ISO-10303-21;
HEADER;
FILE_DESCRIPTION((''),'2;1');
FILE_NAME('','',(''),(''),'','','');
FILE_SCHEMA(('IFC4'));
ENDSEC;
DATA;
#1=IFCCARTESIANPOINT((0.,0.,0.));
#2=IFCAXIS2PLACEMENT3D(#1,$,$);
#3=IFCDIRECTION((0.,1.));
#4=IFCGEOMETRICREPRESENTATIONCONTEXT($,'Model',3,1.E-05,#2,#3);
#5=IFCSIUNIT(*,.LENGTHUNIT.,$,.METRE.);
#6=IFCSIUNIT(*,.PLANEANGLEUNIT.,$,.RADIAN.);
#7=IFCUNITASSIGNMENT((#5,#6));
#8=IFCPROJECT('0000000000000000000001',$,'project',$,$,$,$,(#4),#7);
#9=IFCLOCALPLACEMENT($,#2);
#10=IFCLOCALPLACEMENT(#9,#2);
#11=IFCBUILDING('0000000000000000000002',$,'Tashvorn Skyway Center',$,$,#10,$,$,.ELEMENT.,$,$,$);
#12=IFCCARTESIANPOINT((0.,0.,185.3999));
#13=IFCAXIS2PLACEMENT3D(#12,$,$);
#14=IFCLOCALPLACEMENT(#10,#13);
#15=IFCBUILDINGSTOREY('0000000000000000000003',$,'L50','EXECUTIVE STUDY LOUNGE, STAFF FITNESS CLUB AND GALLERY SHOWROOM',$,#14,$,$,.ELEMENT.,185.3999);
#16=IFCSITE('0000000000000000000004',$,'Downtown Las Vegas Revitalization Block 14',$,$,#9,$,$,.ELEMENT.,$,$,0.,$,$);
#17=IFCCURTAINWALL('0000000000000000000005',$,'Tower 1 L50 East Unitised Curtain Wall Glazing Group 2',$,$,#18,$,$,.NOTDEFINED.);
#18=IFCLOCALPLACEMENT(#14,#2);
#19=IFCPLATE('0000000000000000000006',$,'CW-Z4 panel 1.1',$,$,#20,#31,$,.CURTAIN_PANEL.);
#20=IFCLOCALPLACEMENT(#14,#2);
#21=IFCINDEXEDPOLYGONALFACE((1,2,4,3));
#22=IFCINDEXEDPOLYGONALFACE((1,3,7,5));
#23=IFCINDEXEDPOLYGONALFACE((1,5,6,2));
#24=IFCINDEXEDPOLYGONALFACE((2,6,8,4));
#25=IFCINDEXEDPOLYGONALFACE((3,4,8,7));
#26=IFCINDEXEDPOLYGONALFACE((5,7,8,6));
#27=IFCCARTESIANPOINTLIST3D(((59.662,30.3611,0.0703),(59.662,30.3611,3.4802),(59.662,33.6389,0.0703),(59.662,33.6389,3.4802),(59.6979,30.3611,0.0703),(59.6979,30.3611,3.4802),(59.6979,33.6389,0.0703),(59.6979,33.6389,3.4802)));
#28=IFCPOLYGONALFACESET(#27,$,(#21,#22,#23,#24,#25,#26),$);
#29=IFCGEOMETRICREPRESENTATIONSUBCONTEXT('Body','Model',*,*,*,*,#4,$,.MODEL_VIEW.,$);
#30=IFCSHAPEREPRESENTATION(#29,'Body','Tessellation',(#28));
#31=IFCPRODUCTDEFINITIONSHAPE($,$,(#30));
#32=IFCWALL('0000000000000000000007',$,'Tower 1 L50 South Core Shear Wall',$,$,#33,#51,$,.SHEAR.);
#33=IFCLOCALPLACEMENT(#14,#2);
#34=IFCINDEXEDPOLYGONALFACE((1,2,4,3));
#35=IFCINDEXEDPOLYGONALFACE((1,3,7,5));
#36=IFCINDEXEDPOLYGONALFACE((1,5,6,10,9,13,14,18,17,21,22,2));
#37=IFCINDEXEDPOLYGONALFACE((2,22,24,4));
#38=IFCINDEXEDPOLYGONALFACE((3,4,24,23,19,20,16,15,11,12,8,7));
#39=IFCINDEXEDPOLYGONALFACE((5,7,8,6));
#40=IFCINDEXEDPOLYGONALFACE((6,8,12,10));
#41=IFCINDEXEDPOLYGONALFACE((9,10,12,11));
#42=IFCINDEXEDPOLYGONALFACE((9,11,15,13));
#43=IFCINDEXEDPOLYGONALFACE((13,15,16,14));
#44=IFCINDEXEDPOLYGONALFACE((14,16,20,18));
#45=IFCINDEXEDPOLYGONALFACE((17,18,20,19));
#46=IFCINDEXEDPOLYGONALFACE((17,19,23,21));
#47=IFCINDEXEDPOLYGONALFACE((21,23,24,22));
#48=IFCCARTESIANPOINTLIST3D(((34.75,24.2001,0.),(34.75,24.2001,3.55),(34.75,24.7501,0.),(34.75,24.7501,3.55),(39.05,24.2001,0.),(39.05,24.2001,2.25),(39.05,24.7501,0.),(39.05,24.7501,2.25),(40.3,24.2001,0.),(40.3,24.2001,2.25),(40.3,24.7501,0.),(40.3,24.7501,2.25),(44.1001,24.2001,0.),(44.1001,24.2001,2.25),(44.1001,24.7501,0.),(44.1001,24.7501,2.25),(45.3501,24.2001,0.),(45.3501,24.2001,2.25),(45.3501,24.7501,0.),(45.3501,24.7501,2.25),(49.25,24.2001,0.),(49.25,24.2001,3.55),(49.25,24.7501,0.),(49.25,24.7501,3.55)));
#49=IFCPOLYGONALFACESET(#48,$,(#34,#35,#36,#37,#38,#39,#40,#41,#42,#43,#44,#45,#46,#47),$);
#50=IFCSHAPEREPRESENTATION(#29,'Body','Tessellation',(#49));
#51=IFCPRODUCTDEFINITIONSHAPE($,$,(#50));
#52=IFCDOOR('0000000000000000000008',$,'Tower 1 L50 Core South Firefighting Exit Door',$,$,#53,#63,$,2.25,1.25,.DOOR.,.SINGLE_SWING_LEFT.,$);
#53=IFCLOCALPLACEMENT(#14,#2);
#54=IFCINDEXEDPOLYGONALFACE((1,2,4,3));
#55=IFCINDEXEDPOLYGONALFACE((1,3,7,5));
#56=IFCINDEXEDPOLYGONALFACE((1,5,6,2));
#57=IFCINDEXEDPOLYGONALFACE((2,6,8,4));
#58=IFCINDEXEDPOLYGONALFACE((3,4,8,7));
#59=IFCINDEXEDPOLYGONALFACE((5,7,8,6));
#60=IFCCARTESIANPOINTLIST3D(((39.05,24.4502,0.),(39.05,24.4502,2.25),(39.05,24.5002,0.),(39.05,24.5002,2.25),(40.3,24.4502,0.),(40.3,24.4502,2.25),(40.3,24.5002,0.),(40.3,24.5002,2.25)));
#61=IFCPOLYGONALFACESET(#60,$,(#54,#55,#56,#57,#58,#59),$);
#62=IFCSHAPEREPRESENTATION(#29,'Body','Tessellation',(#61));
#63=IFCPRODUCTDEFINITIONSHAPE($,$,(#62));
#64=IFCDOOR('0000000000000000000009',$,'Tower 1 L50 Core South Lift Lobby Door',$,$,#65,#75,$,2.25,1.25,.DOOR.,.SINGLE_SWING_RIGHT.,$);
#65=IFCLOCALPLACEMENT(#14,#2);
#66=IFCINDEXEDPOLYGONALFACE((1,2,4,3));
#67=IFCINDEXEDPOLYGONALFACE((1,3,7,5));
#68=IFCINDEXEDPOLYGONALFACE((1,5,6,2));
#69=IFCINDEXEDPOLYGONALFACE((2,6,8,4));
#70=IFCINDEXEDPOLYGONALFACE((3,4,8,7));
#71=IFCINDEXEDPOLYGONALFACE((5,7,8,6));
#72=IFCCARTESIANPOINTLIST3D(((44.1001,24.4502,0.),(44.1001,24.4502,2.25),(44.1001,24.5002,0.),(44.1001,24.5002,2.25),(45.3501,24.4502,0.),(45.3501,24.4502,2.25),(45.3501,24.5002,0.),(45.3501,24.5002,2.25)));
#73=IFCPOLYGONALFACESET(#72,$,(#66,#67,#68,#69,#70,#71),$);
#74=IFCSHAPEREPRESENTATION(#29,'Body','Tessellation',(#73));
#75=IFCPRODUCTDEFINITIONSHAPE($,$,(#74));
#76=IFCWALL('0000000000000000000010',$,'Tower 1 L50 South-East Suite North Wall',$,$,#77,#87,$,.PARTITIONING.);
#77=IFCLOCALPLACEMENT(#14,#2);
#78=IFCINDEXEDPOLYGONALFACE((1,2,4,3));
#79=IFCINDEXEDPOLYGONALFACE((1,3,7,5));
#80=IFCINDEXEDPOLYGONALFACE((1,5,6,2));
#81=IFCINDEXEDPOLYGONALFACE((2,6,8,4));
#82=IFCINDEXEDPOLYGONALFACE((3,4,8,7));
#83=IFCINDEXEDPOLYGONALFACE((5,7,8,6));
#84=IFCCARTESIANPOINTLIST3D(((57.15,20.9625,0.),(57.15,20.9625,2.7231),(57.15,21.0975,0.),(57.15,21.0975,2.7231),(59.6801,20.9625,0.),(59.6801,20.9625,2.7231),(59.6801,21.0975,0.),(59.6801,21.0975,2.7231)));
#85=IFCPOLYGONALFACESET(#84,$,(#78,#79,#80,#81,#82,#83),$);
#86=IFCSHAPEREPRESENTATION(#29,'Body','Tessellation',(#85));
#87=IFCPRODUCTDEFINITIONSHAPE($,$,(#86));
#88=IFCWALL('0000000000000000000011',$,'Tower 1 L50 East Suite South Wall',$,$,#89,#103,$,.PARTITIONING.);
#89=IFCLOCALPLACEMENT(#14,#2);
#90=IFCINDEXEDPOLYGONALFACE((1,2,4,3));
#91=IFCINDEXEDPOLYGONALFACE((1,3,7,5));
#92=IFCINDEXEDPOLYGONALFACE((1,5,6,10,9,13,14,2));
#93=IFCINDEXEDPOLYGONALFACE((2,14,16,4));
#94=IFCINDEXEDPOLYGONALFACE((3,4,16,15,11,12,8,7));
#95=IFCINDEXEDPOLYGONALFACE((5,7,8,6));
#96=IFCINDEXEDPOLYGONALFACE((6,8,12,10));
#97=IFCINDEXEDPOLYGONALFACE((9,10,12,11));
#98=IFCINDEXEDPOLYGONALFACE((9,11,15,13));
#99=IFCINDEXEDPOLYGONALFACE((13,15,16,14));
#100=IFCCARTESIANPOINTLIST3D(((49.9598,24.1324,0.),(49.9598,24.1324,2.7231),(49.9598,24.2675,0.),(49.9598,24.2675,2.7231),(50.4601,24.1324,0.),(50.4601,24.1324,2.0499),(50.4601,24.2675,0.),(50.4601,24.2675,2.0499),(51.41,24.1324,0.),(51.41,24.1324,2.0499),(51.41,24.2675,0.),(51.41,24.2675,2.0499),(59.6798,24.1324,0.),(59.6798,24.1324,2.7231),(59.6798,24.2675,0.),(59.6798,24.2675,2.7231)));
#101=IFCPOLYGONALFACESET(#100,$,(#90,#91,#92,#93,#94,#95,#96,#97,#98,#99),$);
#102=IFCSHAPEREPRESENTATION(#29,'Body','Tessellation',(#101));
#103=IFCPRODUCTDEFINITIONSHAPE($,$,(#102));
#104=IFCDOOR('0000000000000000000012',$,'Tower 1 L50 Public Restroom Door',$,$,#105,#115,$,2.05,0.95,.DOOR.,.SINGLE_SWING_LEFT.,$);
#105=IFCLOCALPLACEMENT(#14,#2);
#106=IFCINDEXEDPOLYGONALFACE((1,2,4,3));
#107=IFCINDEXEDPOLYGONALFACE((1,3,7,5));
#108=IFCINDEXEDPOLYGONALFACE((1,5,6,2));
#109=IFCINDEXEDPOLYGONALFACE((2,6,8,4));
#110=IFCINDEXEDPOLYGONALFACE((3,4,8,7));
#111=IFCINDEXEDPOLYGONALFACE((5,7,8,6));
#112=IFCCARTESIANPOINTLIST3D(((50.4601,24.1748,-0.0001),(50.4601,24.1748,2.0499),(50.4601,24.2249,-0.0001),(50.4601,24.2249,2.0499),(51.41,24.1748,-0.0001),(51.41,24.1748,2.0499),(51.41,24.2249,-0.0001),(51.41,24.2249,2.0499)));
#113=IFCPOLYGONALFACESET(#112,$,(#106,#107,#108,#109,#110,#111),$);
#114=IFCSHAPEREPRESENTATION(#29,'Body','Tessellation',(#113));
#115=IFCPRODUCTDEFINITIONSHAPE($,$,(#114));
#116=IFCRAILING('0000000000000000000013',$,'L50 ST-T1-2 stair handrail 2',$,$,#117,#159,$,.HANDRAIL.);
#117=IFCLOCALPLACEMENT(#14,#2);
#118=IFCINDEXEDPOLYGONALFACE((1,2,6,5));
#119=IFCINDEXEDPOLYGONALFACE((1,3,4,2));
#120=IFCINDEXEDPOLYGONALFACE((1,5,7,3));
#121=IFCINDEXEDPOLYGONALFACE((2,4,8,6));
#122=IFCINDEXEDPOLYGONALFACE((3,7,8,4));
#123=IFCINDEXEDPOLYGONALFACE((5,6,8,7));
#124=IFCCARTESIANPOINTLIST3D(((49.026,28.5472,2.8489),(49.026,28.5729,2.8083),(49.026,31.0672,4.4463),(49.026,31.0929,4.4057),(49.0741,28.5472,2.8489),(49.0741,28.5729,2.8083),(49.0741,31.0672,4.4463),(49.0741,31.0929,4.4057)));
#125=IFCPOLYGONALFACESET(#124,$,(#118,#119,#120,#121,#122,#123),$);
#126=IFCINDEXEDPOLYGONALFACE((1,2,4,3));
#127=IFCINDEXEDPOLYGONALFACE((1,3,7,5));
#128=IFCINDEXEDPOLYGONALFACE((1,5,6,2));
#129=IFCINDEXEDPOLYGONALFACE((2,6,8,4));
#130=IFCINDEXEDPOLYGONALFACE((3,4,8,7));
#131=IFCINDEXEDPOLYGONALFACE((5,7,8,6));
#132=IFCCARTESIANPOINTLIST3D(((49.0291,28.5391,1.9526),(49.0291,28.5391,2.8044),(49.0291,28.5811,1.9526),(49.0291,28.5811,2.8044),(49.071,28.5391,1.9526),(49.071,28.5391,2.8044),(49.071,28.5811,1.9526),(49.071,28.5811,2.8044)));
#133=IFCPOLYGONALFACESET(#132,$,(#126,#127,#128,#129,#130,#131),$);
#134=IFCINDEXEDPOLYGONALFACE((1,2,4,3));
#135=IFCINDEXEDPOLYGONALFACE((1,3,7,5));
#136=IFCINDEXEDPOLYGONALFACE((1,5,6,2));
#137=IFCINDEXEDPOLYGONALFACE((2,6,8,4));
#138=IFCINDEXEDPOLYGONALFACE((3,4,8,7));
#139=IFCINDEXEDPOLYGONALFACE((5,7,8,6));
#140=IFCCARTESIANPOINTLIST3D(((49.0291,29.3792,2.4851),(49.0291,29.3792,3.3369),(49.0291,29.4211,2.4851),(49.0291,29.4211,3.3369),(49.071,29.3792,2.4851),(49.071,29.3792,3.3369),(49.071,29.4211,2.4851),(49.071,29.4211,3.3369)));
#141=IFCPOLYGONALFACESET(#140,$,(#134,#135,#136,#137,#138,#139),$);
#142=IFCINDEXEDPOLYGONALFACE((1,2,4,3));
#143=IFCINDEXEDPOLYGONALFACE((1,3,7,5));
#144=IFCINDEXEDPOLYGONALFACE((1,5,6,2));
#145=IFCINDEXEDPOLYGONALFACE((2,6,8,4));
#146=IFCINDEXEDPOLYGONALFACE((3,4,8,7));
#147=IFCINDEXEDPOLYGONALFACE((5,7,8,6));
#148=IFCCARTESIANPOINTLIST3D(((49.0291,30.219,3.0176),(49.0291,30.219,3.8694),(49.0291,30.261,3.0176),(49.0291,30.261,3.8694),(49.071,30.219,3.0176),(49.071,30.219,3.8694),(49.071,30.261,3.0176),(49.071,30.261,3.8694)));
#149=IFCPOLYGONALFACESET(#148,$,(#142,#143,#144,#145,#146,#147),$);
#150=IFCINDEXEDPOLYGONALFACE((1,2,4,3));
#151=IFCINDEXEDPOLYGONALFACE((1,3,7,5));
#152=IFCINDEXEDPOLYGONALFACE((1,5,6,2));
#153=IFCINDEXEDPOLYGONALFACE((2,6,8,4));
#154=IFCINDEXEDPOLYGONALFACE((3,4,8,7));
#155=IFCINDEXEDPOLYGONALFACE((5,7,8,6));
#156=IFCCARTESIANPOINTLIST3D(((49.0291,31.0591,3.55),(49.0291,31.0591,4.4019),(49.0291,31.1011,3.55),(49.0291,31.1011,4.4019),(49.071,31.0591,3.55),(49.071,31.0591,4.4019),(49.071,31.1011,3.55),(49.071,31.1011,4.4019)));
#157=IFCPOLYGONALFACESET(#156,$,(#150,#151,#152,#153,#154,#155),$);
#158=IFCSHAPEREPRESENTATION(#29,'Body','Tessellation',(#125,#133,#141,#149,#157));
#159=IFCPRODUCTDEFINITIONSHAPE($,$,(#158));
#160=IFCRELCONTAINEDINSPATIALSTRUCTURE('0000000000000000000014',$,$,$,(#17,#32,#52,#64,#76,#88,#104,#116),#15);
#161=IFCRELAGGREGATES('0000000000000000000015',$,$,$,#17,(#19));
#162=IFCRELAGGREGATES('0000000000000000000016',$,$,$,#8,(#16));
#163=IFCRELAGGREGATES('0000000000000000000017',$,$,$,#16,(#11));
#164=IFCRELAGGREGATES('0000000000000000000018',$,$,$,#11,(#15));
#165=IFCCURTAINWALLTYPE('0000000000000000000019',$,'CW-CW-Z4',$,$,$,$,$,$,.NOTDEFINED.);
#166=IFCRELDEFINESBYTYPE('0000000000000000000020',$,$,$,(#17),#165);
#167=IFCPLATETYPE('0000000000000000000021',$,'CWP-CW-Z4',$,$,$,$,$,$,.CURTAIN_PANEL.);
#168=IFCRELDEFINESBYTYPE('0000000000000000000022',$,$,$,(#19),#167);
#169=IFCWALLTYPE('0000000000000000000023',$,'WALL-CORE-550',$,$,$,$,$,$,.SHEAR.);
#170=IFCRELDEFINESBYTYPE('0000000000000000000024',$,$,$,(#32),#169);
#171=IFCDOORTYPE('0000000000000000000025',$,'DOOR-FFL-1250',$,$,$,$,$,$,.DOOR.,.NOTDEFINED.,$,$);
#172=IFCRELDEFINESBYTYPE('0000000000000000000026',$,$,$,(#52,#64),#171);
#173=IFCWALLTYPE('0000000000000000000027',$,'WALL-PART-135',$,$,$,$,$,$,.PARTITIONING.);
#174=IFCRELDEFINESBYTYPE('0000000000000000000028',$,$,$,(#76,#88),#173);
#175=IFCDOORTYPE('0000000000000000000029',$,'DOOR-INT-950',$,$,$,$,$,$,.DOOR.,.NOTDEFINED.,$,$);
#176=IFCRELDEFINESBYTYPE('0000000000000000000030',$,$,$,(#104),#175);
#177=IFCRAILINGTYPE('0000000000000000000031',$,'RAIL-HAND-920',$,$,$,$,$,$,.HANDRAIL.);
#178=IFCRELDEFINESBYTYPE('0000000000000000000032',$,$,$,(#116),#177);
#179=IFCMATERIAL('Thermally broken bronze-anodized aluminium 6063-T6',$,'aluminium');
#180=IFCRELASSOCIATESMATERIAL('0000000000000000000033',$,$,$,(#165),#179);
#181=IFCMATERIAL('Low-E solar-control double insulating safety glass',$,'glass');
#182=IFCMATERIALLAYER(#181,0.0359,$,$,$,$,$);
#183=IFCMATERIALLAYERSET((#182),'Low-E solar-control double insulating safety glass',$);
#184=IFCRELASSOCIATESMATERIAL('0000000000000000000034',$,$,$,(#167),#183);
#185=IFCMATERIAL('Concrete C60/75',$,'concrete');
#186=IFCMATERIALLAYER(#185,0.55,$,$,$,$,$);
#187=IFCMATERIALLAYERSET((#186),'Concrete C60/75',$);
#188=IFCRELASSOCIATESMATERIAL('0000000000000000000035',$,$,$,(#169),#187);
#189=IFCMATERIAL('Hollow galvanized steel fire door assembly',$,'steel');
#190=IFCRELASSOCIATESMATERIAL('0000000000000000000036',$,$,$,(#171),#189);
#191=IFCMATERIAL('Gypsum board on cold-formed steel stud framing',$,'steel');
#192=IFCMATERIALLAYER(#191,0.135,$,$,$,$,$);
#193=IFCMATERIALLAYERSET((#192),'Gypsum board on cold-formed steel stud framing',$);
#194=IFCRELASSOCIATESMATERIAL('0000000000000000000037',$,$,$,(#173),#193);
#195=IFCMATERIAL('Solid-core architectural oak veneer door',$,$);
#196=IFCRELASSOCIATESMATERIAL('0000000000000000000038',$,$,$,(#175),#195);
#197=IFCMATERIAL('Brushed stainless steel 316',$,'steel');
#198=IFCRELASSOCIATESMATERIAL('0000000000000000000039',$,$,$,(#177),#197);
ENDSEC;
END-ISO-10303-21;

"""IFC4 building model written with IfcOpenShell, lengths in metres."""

from ifc_helpers import new_model, si_unit, direction, frame, frame_2d, origin, origin_2d, place, context, subcontext, project, spatial, rectangle, extrude, material, layer, layer_set, type_object, element, fill, aggregate, save


model = new_model("IFC4")

# Units and contexts
model_context = context("Model", 3, precision=1e-05, world=origin(), true_north=direction((0.0, 1.0)))
body_context = subcontext(model_context, "Body", "Model", "MODEL_VIEW")
ifc_project = project(units=[si_unit("LENGTHUNIT", "METRE"), si_unit("PLANEANGLEUNIT", "RADIAN")], contexts=[model_context])

# Site, building, storey
site_placement = place(None, origin())
site = spatial("IfcSite", under=ifc_project, at=site_placement, Name="Downtown Las Vegas Revitalization Block 14", CompositionType="ELEMENT", RefElevation=0.0)
building_placement = place(site_placement, origin())
building = spatial("IfcBuilding", under=site, at=building_placement, Name="Tashvorn Skyway Center", CompositionType="ELEMENT")
storey_placement = place(building_placement, frame((0.0, 0.0, 185.3999)))
storey = spatial("IfcBuildingStorey", under=building, at=storey_placement, Name="L50", Description="EXECUTIVE STUDY LOUNGE, STAFF FITNESS CLUB AND GALLERY SHOWROOM", CompositionType="ELEMENT", Elevation=185.3999)

# Curtain wall
ifc_material_1 = material(Name="Thermally broken bronze-anodized aluminium 6063-T6", Category="aluminium")
curtain_wall_type = type_object("IfcCurtainWallType", Name="CW-CW-Z4", PredefinedType="NOTDEFINED", material=ifc_material_1)
curtain_wall_1_placement = place(storey_placement, origin())
curtain_wall_1 = element("IfcCurtainWall", 1, at=curtain_wall_1_placement, inside=storey, type_object=curtain_wall_type, Name="Tower 1 L50 East Unitised Curtain Wall Glazing Group 2", PredefinedType="NOTDEFINED")

# Plate
ifc_material_2 = material(Name="Low-E solar-control double insulating safety glass", Category="glass")
ifc_layer_1 = layer(ifc_material_2, 0.0359)
ifc_layer_set_1 = layer_set([ifc_layer_1], Name="Low-E solar-control double insulating safety glass")
plate_type = type_object("IfcPlateType", Name="CWP-CW-Z4", PredefinedType="CURTAIN_PANEL", material=ifc_layer_set_1)
plate_placement = place(storey_placement, frame((59.6799, 32.0, 0.0703), z_axis=(0.0, 0.0, 1.0), x_axis=(0.0, -1.0, 0.0)))
plate = element("IfcPlate", 2, at=plate_placement, type_object=plate_type, Name="CW-Z4 panel 1.1", PredefinedType="CURTAIN_PANEL", context=body_context, shape_type="SweptSolid", body=[
    extrude(rectangle(XDim=3.2778, YDim=0.0359, at=origin_2d()), origin(), (0.0, 0.0, 1.0), 3.4099),
])
aggregate(curtain_wall_1, [plate])

# Wall, openings, doors
ifc_material_3 = material(Name="Concrete C60/75", Category="concrete")
ifc_layer_2 = layer(ifc_material_3, 0.55)
ifc_layer_set_2 = layer_set([ifc_layer_2], Name="Concrete C60/75")
wall_type_1 = type_object("IfcWallType", Name="WALL-CORE-550", PredefinedType="SHEAR", material=ifc_layer_set_2)
wall_1_placement = place(storey_placement, frame((49.25, 24.4751, 0.0), z_axis=(0.0, 0.0, 1.0), x_axis=(-1.0, 0.0, 0.0)))
wall_1 = element("IfcWall", 3, at=wall_1_placement, inside=storey, type_object=wall_type_1, Name="Tower 1 L50 South Core Shear Wall", PredefinedType="SHEAR", context=body_context, shape_type="SweptSolid", body=[
    extrude(rectangle(XDim=14.5, YDim=0.55, at=frame_2d((7.25, 0.0))), origin(), (0.0, 0.0, 1.0), 3.55),
])
opening_1_placement = place(wall_1_placement, frame((8.95, 0.0, 0.0)))
opening_1 = element("IfcOpeningElement", 4, at=opening_1_placement, cuts=wall_1, PredefinedType="OPENING", context=body_context, shape_type="SweptSolid", body=[
    extrude(rectangle(XDim=1.25, YDim=2.25, at=frame_2d((0.625, 1.125))), frame((0.0, 0.2849, 0.0), z_axis=(0.0, -1.0, 0.0), x_axis=(1.0, 0.0, 0.0)), (0.0, 0.0, 1.0), 0.5701),
])
opening_2_placement = place(wall_1_placement, frame((3.8999, 0.0, 0.0)))
opening_2 = element("IfcOpeningElement", 5, at=opening_2_placement, cuts=wall_1, PredefinedType="OPENING", context=body_context, shape_type="SweptSolid", body=[
    extrude(rectangle(XDim=1.25, YDim=2.25, at=frame_2d((0.625, 1.125))), frame((0.0, 0.2849, 0.0), z_axis=(0.0, -1.0, 0.0), x_axis=(1.0, 0.0, 0.0)), (0.0, 0.0, 1.0), 0.5701),
])
ifc_material_4 = material(Name="Hollow galvanized steel fire door assembly", Category="steel")
door_type_1 = type_object("IfcDoorType", Name="DOOR-FFL-1250", OperationType="NOTDEFINED", PredefinedType="DOOR", material=ifc_material_4)
door_1_placement = place(opening_1_placement, origin())
door_1 = element("IfcDoor", 6, at=door_1_placement, inside=storey, type_object=door_type_1, Name="Tower 1 L50 Core South Firefighting Exit Door", OperationType="SINGLE_SWING_LEFT", OverallHeight=2.25, OverallWidth=1.25, PredefinedType="DOOR", context=body_context, shape_type="SweptSolid", body=[
    extrude(rectangle(XDim=1.25, YDim=2.25, at=frame_2d((0.625, 1.125))), frame((0.0, 0.0249, 0.0), z_axis=(0.0, -1.0, 0.0), x_axis=(1.0, 0.0, 0.0)), (0.0, 0.0, 1.0), 0.05),
])
fill(opening_1, door_1)
door_2_placement = place(opening_2_placement, origin())
door_2 = element("IfcDoor", 7, at=door_2_placement, inside=storey, type_object=door_type_1, Name="Tower 1 L50 Core South Lift Lobby Door", OperationType="SINGLE_SWING_RIGHT", OverallHeight=2.25, OverallWidth=1.25, PredefinedType="DOOR", context=body_context, shape_type="SweptSolid", body=[
    extrude(rectangle(XDim=1.25, YDim=2.25, at=frame_2d((0.625, 1.125))), frame((0.0, 0.0249, 0.0), z_axis=(0.0, -1.0, 0.0), x_axis=(1.0, 0.0, 0.0)), (0.0, 0.0, 1.0), 0.05),
])
fill(opening_2, door_2)

# Wall
ifc_material_5 = material(Name="Gypsum board on cold-formed steel stud framing", Category="steel")
ifc_layer_3 = layer(ifc_material_5, 0.135)
ifc_layer_set_3 = layer_set([ifc_layer_3], Name="Gypsum board on cold-formed steel stud framing")
wall_type_2 = type_object("IfcWallType", Name="WALL-PART-135", PredefinedType="PARTITIONING", material=ifc_layer_set_3)
wall_2_placement = place(storey_placement, frame((57.1499, 21.03, 0.0), z_axis=(0.0, 0.0, 1.0), x_axis=(1.0, 0.0, 0.0)))
element("IfcWall", 8, at=wall_2_placement, inside=storey, type_object=wall_type_2, Name="Tower 1 L50 South-East Suite North Wall", PredefinedType="PARTITIONING", context=body_context, shape_type="SweptSolid", body=[
    extrude(rectangle(XDim=2.53, YDim=0.135, at=frame_2d((1.2651, 0.0))), origin(), (0.0, 0.0, 1.0), 2.7231),
])

# Wall, opening, door
wall_3_placement = place(storey_placement, frame((49.96, 24.2, 0.0), z_axis=(0.0, 0.0, 1.0), x_axis=(1.0, 0.0, 0.0)))
wall_3 = element("IfcWall", 9, at=wall_3_placement, inside=storey, type_object=wall_type_2, Name="Tower 1 L50 East Suite South Wall", PredefinedType="PARTITIONING", context=body_context, shape_type="SweptSolid", body=[
    extrude(rectangle(XDim=9.72, YDim=0.135, at=frame_2d((4.8599, 0.0))), origin(), (0.0, 0.0, 1.0), 2.7231),
])
opening_3_placement = place(wall_3_placement, frame((0.5, 0.0, 0.0)))
opening_3 = element("IfcOpeningElement", 10, at=opening_3_placement, cuts=wall_3, PredefinedType="OPENING", context=body_context, shape_type="SweptSolid", body=[
    extrude(rectangle(XDim=0.95, YDim=2.05, at=frame_2d((0.4751, 1.0249))), frame((0.0, 0.0774, 0.0), z_axis=(0.0, -1.0, 0.0), x_axis=(1.0, 0.0, 0.0)), (0.0, 0.0, 1.0), 0.155),
])
ifc_material_6 = material(Name="Solid-core architectural oak veneer door")
door_type_2 = type_object("IfcDoorType", Name="DOOR-INT-950", OperationType="NOTDEFINED", PredefinedType="DOOR", material=ifc_material_6)
door_3_placement = place(opening_3_placement, origin())
door_3 = element("IfcDoor", 11, at=door_3_placement, inside=storey, type_object=door_type_2, Name="Tower 1 L50 Public Restroom Door", OperationType="SINGLE_SWING_LEFT", OverallHeight=2.05, OverallWidth=0.95, PredefinedType="DOOR", context=body_context, shape_type="SweptSolid", body=[
    extrude(rectangle(XDim=0.95, YDim=2.05, at=frame_2d((0.4751, 1.0249))), frame((0.0, 0.0249, 0.0), z_axis=(0.0, -1.0, 0.0), x_axis=(1.0, 0.0, 0.0)), (0.0, 0.0, 1.0), 0.05),
])
fill(opening_3, door_3)

# Railing
ifc_material_7 = material(Name="Brushed stainless steel 316", Category="steel")
railing_type_1 = type_object("IfcRailingType", Name="RAIL-HAND-920", PredefinedType="HANDRAIL", material=ifc_material_7)
railing_1_placement = place(storey_placement, frame((49.05, 28.5601, 1.9526)))
element("IfcRailing", 12, at=railing_1_placement, inside=storey, type_object=railing_type_1, Name="L50 ST-T1-2 stair handrail 2", PredefinedType="HANDRAIL", context=body_context, shape_type="SweptSolid", body=[
    extrude(rectangle(XDim=0.0481, YDim=0.0481, at=origin_2d()), frame((0.0, 0.0, 0.876), z_axis=(0.0, 0.844607, 0.535387), x_axis=(-1.0, 0.0, 0.0)), (0.0, 0.0, 1.0), 2.9836),
    extrude(rectangle(XDim=0.042, YDim=0.042, at=origin_2d()), origin(), (0.0, 0.0, 1.0), 0.8518),
    extrude(rectangle(XDim=0.042, YDim=0.042, at=origin_2d()), frame((0.0, 0.8401, 0.5325)), (0.0, 0.0, 1.0), 0.8518),
    extrude(rectangle(XDim=0.042, YDim=0.042, at=origin_2d()), frame((0.0, 1.6799, 1.0649)), (0.0, 0.0, 1.0), 0.8518),
    extrude(rectangle(XDim=0.042, YDim=0.042, at=origin_2d()), frame((0.0, 2.52, 1.5974)), (0.0, 0.0, 1.0), 0.8518),
])

save(model, "model.ifc")
